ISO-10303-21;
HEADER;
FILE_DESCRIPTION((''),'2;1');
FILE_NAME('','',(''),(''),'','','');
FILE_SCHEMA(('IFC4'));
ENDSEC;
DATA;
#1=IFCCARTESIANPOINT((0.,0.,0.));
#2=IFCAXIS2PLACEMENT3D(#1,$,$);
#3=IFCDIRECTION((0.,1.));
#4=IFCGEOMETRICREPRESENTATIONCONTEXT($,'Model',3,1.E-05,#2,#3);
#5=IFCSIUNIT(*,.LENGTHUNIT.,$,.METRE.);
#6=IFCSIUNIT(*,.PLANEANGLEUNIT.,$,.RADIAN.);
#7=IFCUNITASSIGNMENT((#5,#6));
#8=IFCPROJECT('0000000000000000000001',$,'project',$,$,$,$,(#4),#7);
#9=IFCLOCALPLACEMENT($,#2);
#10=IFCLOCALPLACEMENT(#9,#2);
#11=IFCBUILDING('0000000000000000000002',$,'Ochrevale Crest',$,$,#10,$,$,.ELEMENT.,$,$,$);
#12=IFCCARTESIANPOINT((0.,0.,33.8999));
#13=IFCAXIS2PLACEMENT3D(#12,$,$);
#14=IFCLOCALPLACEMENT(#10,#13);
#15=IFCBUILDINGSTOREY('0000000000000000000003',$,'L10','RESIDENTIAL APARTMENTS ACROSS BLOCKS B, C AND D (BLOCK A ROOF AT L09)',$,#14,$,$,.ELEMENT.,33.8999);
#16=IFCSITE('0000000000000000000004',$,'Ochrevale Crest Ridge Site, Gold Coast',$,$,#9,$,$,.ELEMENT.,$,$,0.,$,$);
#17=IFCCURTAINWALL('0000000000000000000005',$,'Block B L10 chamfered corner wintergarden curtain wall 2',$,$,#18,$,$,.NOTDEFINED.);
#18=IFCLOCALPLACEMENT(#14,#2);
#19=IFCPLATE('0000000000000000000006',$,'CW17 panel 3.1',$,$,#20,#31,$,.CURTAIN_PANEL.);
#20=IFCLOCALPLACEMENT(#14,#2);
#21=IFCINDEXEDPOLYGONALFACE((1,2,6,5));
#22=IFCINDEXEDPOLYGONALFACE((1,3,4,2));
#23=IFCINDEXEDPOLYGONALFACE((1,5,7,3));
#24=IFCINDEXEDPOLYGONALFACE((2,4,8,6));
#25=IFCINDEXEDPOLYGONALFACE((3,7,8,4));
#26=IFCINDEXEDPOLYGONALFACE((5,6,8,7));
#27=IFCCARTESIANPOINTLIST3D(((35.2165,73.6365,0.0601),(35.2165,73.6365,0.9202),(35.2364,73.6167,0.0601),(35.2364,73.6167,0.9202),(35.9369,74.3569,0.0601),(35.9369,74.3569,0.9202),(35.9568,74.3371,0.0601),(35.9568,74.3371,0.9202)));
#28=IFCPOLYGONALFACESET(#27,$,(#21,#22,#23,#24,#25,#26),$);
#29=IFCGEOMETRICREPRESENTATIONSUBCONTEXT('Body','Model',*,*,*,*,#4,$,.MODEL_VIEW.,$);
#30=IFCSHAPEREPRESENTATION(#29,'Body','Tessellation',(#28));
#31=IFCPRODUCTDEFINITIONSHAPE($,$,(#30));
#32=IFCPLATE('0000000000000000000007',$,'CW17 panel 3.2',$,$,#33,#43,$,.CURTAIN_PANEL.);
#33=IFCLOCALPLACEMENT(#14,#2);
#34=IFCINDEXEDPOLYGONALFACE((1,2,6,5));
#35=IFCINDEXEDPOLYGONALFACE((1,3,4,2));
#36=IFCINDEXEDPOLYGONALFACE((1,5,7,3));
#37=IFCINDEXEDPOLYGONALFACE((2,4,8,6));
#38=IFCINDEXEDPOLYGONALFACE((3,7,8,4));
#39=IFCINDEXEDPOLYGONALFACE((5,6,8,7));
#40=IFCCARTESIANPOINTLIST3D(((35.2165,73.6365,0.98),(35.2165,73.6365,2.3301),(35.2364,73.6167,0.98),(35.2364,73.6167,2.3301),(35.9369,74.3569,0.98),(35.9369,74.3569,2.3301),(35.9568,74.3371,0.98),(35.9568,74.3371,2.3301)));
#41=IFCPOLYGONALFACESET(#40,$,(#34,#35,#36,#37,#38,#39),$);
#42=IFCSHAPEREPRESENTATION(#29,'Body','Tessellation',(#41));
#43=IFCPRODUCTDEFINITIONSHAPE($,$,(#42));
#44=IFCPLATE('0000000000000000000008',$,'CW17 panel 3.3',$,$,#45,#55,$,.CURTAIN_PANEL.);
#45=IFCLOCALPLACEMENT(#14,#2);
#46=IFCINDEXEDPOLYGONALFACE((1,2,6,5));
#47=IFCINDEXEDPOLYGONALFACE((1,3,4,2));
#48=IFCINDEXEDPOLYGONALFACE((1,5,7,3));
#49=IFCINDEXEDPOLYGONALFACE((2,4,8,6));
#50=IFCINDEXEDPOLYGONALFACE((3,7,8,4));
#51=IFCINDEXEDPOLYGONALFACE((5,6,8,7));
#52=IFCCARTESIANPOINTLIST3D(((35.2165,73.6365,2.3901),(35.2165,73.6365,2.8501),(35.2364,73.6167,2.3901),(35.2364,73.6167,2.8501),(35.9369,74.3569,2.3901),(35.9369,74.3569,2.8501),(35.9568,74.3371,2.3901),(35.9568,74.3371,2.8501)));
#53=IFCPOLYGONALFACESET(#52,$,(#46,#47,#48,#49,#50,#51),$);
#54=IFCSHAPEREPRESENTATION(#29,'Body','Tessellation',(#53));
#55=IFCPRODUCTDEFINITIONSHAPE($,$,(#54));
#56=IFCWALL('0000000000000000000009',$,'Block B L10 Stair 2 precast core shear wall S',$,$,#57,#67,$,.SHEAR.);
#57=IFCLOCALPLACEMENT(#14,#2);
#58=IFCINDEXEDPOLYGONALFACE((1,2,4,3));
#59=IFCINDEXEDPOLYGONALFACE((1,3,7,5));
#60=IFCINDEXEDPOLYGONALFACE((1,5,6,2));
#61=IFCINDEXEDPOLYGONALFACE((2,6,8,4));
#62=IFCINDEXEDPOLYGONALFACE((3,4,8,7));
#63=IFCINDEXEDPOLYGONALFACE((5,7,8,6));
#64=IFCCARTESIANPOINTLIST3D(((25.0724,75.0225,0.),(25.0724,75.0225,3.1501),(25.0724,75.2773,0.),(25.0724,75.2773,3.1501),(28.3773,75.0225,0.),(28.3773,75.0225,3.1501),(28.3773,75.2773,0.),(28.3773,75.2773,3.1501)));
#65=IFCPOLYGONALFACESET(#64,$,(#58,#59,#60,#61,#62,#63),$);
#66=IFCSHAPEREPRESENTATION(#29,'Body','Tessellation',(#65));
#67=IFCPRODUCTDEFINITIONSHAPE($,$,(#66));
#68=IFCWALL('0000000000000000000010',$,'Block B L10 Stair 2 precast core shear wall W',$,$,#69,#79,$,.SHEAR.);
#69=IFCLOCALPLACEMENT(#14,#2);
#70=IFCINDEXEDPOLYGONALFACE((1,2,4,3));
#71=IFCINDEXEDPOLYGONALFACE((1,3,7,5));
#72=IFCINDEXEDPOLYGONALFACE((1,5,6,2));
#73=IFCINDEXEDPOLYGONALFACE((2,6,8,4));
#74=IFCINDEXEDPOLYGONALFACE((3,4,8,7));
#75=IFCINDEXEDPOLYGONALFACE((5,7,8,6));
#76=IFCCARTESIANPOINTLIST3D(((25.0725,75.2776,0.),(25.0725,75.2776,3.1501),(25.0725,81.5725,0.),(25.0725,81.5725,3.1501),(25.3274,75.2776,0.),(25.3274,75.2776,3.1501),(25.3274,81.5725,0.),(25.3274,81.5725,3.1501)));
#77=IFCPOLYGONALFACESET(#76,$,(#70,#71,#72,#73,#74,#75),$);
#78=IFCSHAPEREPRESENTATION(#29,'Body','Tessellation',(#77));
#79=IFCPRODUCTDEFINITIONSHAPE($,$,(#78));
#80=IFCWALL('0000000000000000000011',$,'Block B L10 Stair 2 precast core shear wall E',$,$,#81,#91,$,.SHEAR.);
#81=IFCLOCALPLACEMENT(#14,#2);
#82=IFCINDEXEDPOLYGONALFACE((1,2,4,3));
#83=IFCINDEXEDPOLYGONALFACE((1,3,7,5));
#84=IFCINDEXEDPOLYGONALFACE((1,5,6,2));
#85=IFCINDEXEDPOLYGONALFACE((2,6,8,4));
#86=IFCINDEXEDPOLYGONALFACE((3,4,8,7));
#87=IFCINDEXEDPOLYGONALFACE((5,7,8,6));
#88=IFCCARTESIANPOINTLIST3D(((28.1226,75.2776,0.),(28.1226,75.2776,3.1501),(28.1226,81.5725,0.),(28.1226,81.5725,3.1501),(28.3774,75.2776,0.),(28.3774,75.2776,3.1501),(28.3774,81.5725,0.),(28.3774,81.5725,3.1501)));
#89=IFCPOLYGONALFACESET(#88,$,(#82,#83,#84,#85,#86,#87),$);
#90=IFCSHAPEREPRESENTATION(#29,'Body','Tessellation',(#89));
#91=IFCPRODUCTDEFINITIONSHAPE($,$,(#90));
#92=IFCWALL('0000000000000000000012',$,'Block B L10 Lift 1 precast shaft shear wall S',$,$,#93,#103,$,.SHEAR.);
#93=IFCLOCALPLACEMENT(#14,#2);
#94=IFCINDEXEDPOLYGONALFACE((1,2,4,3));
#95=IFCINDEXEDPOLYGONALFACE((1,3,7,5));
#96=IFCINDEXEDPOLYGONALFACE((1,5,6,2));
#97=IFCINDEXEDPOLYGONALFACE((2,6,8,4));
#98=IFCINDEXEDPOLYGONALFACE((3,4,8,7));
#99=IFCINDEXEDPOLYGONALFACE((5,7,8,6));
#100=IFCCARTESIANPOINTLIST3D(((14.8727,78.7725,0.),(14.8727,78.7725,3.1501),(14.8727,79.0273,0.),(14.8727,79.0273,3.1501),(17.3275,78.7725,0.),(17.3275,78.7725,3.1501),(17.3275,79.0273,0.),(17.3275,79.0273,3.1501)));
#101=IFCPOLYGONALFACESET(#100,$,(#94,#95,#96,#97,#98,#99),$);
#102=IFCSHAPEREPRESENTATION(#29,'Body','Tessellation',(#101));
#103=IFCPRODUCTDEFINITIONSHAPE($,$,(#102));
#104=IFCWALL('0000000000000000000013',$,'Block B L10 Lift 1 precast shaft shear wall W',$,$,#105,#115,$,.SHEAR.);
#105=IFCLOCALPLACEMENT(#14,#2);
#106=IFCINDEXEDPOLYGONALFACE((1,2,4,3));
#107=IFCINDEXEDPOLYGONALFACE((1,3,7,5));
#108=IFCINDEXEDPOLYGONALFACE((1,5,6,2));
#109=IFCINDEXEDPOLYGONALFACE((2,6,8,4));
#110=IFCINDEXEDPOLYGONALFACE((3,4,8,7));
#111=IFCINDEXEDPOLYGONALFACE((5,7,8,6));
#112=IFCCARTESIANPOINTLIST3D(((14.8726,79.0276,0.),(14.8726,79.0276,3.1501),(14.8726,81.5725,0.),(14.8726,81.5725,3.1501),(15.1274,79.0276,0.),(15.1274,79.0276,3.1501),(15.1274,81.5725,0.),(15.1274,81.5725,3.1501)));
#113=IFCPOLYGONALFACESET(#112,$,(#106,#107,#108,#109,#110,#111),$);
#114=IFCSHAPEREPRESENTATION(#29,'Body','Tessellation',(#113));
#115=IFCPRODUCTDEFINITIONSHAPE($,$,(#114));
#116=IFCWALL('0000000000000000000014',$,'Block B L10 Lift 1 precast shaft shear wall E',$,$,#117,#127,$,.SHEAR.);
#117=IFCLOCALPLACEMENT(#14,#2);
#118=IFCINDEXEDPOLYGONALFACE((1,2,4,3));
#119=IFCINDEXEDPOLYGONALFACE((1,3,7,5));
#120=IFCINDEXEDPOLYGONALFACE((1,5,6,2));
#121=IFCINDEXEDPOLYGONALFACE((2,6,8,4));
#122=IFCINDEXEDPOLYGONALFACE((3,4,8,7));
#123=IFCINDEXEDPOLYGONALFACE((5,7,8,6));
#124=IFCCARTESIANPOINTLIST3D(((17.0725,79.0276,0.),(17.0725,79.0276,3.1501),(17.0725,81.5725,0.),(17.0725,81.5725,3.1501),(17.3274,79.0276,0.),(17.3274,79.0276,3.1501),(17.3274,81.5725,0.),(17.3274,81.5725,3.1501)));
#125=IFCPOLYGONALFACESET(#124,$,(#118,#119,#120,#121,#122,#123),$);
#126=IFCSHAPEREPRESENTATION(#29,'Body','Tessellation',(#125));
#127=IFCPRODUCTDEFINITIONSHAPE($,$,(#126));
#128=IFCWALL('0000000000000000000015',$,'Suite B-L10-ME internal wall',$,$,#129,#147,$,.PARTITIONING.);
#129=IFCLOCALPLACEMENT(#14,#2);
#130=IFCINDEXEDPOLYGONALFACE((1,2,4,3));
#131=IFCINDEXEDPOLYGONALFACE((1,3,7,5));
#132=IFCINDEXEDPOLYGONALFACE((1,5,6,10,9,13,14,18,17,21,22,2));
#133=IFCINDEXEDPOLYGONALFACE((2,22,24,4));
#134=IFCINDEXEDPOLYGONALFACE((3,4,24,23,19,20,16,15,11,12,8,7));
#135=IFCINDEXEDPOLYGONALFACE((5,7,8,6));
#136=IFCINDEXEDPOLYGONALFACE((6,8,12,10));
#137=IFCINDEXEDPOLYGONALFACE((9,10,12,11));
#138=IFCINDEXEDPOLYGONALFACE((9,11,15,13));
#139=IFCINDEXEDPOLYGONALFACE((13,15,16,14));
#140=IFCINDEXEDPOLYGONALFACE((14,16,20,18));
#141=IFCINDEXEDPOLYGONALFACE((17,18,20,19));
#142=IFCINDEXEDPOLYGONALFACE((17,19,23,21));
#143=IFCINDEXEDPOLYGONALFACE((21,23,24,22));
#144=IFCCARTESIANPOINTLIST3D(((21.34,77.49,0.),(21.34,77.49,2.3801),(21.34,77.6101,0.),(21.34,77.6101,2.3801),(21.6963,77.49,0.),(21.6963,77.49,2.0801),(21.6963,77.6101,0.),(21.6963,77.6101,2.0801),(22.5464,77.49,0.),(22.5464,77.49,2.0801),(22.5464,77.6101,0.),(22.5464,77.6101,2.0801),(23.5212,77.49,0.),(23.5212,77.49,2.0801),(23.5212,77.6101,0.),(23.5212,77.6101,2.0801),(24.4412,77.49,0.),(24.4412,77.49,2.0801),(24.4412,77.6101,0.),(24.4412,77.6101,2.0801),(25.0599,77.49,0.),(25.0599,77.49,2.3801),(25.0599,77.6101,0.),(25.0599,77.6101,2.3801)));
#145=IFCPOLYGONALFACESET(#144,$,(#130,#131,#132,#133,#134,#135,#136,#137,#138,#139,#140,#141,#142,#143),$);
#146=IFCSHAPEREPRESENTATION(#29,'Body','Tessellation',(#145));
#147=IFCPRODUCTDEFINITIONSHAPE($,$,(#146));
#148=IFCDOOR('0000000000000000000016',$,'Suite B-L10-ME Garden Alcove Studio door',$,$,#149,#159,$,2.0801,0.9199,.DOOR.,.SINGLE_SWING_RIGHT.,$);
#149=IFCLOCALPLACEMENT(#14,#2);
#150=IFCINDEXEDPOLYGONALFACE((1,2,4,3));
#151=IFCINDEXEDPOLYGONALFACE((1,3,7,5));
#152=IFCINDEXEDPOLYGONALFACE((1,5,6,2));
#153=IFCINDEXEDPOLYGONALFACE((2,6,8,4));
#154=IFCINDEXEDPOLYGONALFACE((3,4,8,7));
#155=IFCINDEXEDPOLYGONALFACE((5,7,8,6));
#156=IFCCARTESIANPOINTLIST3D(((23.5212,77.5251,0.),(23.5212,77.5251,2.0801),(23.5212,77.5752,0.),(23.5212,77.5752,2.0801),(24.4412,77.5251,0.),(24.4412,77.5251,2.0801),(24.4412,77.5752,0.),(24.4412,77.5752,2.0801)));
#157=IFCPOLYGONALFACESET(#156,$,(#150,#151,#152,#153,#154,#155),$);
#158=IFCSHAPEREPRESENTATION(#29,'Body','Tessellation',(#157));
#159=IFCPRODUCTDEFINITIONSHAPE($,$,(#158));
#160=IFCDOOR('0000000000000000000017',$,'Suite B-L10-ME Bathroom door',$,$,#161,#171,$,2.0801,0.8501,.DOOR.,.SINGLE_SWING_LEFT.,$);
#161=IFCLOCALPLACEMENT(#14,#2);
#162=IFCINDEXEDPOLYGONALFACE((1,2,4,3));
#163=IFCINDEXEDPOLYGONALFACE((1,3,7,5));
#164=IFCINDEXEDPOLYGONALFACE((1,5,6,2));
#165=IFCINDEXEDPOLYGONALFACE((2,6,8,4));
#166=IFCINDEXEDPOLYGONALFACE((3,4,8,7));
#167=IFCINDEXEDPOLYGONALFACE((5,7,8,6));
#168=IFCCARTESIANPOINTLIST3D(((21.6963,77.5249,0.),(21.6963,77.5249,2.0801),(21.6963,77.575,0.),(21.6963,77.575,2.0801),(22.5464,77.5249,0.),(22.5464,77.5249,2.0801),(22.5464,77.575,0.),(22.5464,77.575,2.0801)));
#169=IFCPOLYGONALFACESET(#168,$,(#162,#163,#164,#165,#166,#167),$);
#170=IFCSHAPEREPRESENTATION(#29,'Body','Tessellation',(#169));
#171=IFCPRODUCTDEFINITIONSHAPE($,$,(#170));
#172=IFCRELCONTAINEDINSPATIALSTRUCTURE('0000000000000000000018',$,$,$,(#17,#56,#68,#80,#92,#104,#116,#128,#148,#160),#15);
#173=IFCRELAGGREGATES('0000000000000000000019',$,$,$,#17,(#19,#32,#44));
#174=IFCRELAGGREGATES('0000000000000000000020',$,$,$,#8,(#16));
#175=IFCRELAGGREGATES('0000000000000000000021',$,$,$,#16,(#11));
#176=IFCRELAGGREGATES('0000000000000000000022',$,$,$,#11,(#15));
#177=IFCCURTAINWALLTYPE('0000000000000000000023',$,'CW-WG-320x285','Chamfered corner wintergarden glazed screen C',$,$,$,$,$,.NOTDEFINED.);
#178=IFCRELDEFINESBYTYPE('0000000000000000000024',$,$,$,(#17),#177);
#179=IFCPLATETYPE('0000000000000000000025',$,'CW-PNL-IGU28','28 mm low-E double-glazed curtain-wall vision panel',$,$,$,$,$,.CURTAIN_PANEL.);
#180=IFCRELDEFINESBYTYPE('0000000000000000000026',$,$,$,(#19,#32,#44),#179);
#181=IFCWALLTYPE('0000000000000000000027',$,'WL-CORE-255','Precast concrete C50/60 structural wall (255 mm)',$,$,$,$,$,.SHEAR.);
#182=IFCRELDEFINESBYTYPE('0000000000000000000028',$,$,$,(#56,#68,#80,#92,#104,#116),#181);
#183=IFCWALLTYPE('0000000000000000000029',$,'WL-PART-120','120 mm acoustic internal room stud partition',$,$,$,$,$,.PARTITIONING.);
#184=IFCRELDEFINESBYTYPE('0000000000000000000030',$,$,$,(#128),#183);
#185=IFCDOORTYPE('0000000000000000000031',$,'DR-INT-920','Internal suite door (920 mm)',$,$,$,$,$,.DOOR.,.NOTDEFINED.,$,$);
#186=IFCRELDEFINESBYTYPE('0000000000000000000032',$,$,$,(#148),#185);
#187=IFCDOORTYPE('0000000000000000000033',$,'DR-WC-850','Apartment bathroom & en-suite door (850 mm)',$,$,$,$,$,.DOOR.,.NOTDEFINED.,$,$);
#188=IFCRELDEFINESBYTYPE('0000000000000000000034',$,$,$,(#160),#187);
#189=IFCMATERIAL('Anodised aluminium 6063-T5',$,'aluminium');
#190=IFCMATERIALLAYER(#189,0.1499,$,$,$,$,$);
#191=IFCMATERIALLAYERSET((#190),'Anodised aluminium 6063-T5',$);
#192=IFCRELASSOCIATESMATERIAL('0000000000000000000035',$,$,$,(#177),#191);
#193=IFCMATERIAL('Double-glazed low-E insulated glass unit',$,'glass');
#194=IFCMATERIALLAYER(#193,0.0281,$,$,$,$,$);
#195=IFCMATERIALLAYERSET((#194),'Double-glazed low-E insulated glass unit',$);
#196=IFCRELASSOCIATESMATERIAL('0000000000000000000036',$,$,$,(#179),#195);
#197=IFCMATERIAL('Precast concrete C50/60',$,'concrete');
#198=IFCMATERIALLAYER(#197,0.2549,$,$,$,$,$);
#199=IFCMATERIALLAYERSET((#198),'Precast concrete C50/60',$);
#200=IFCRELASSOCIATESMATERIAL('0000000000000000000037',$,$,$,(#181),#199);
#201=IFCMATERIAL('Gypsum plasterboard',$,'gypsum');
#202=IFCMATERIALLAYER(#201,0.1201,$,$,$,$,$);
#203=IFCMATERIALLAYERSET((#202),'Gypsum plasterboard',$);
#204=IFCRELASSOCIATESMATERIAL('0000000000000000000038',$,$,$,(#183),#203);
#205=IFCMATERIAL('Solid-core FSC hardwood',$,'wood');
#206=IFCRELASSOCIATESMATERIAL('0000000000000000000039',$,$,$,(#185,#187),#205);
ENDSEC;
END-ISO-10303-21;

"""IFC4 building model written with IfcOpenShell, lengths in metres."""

from ifc_helpers import new_model, si_unit, direction, frame, frame_2d, origin, origin_2d, place, context, subcontext, project, spatial, rectangle, extrude, material, layer, layer_set, type_object, element, fill, aggregate, save


model = new_model("IFC4")

# Units and contexts
model_context = context("Model", 3, precision=1e-05, world=origin(), true_north=direction((0.0, 1.0)))
body_context = subcontext(model_context, "Body", "Model", "MODEL_VIEW")
ifc_project = project(units=[si_unit("LENGTHUNIT", "METRE"), si_unit("PLANEANGLEUNIT", "RADIAN")], contexts=[model_context])

# Site, building, storey
site_placement = place(None, origin())
site = spatial("IfcSite", under=ifc_project, at=site_placement, Name="Ochrevale Crest Ridge Site, Gold Coast", CompositionType="ELEMENT", RefElevation=0.0)
building_placement = place(site_placement, origin())
building = spatial("IfcBuilding", under=site, at=building_placement, Name="Ochrevale Crest", CompositionType="ELEMENT")
storey_placement = place(building_placement, frame((0.0, 0.0, 33.8999)))
storey = spatial("IfcBuildingStorey", under=building, at=storey_placement, Name="L10", Description="RESIDENTIAL APARTMENTS ACROSS BLOCKS B, C AND D (BLOCK A ROOF AT L09)", CompositionType="ELEMENT", Elevation=33.8999)

# Shared definitions
ifc_material_1 = material(Name="Precast concrete C50/60", Category="concrete")

# Curtain wall, plates
ifc_material_2 = material(Name="Anodised aluminium 6063-T5", Category="aluminium")
ifc_layer_1 = layer(ifc_material_2, 0.1499)
ifc_layer_set_1 = layer_set([ifc_layer_1], Name="Anodised aluminium 6063-T5")
curtain_wall_type = type_object("IfcCurtainWallType", Name="CW-WG-320x285", Description="Chamfered corner wintergarden glazed screen C", PredefinedType="NOTDEFINED", material=ifc_layer_set_1)
curtain_wall_placement = place(storey_placement, origin())
curtain_wall = element("IfcCurtainWall", 1, at=curtain_wall_placement, inside=storey, type_object=curtain_wall_type, Name="Block B L10 chamfered corner wintergarden curtain wall 2", PredefinedType="NOTDEFINED")
ifc_material_3 = material(Name="Double-glazed low-E insulated glass unit", Category="glass")
ifc_layer_2 = layer(ifc_material_3, 0.0281)
ifc_layer_set_2 = layer_set([ifc_layer_2], Name="Double-glazed low-E insulated glass unit")
plate_type = type_object("IfcPlateType", Name="CW-PNL-IGU28", Description="28 mm low-E double-glazed curtain-wall vision panel", PredefinedType="CURTAIN_PANEL", material=ifc_layer_set_2)
plate_1_placement = place(storey_placement, frame((35.5867, 73.9868, 0.0601), z_axis=(0.0, 0.0, 1.0), x_axis=(0.707107, 0.707107, 0.0)))
plate_1 = element("IfcPlate", 2, at=plate_1_placement, type_object=plate_type, Name="CW17 panel 3.1", PredefinedType="CURTAIN_PANEL", context=body_context, shape_type="SweptSolid", body=[
    extrude(rectangle(XDim=1.0188, YDim=0.0281, at=origin_2d()), origin(), (0.0, 0.0, 1.0), 0.8601),
])
plate_2_placement = place(storey_placement, frame((35.5867, 73.9868, 0.98), z_axis=(0.0, 0.0, 1.0), x_axis=(0.707107, 0.707107, 0.0)))
plate_2 = element("IfcPlate", 3, at=plate_2_placement, type_object=plate_type, Name="CW17 panel 3.2", PredefinedType="CURTAIN_PANEL", context=body_context, shape_type="SweptSolid", body=[
    extrude(rectangle(XDim=1.0188, YDim=0.0281, at=origin_2d()), origin(), (0.0, 0.0, 1.0), 1.3501),
])
plate_3_placement = place(storey_placement, frame((35.5867, 73.9868, 2.3901), z_axis=(0.0, 0.0, 1.0), x_axis=(0.707107, 0.707107, 0.0)))
plate_3 = element("IfcPlate", 4, at=plate_3_placement, type_object=plate_type, Name="CW17 panel 3.3", PredefinedType="CURTAIN_PANEL", context=body_context, shape_type="SweptSolid", body=[
    extrude(rectangle(XDim=1.0188, YDim=0.0281, at=origin_2d()), origin(), (0.0, 0.0, 1.0), 0.46),
])
aggregate(curtain_wall, [plate_1, plate_2, plate_3])

# Walls
ifc_layer_3 = layer(ifc_material_1, 0.2549)
ifc_layer_set_3 = layer_set([ifc_layer_3], Name="Precast concrete C50/60")
wall_type_1 = type_object("IfcWallType", Name="WL-CORE-255", Description="Precast concrete C50/60 structural wall (255 mm)", PredefinedType="SHEAR", material=ifc_layer_set_3)
wall_1_placement = place(storey_placement, frame((25.0725, 75.1499, 0.0), z_axis=(0.0, 0.0, 1.0), x_axis=(1.0, 0.0, 0.0)))
element("IfcWall", 5, at=wall_1_placement, inside=storey, type_object=wall_type_1, Name="Block B L10 Stair 2 precast core shear wall S", PredefinedType="SHEAR", context=body_context, shape_type="SweptSolid", body=[
    extrude(rectangle(XDim=3.3049, YDim=0.2549, at=frame_2d((1.6523, 0.0))), origin(), (0.0, 0.0, 1.0), 3.1501),
])
for number, where, z_axis, x_axis, name in (
    (6, (25.2, 75.2776, 0.0), (0.0, 0.0, 1.0), (0.0, 1.0, 0.0), "Block B L10 Stair 2 precast core shear wall W"),
    (7, (28.25, 75.2776, 0.0), (0.0, 0.0, 1.0), (0.0, 1.0, 0.0), "Block B L10 Stair 2 precast core shear wall E"),
):
    element("IfcWall", number, at=place(storey_placement, frame(where, z_axis=z_axis, x_axis=x_axis)), inside=storey, type_object=wall_type_1, Name=name, PredefinedType="SHEAR", context=body_context, shape_type="SweptSolid", body=[
        extrude(rectangle(XDim=6.2949, YDim=0.2549, at=frame_2d((3.1475, 0.0))), origin(), (0.0, 0.0, 1.0), 3.1501),
    ])
wall_2_placement = place(storey_placement, frame((14.8726, 78.8999, 0.0), z_axis=(0.0, 0.0, 1.0), x_axis=(1.0, 0.0, 0.0)))
element("IfcWall", 8, at=wall_2_placement, inside=storey, type_object=wall_type_1, Name="Block B L10 Lift 1 precast shaft shear wall S", PredefinedType="SHEAR", context=body_context, shape_type="SweptSolid", body=[
    extrude(rectangle(XDim=2.4548, YDim=0.2549, at=frame_2d((1.2275, 0.0))), origin(), (0.0, 0.0, 1.0), 3.1501),
])
for number, where, z_axis, x_axis, name in (
    (9, (15.0, 79.0276, 0.0), (0.0, 0.0, 1.0), (0.0, 1.0, 0.0), "Block B L10 Lift 1 precast shaft shear wall W"),
    (10, (17.2, 79.0276, 0.0), (0.0, 0.0, 1.0), (0.0, 1.0, 0.0), "Block B L10 Lift 1 precast shaft shear wall E"),
):
    element("IfcWall", number, at=place(storey_placement, frame(where, z_axis=z_axis, x_axis=x_axis)), inside=storey, type_object=wall_type_1, Name=name, PredefinedType="SHEAR", context=body_context, shape_type="SweptSolid", body=[
        extrude(rectangle(XDim=2.5449, YDim=0.2549, at=frame_2d((1.2725, 0.0))), origin(), (0.0, 0.0, 1.0), 3.1501),
    ])

# Wall, openings, doors
ifc_material_4 = material(Name="Gypsum plasterboard", Category="gypsum")
ifc_layer_4 = layer(ifc_material_4, 0.1201)
ifc_layer_set_4 = layer_set([ifc_layer_4], Name="Gypsum plasterboard")
wall_type_2 = type_object("IfcWallType", Name="WL-PART-120", Description="120 mm acoustic internal room stud partition", PredefinedType="PARTITIONING", material=ifc_layer_set_4)
wall_3_placement = place(storey_placement, frame((21.3401, 77.55, 0.0), z_axis=(0.0, 0.0, 1.0), x_axis=(1.0, 0.0, 0.0)))
wall_3 = element("IfcWall", 11, at=wall_3_placement, inside=storey, type_object=wall_type_2, Name="Suite B-L10-ME internal wall", PredefinedType="PARTITIONING", context=body_context, shape_type="SweptSolid", body=[
    extrude(rectangle(XDim=3.72, YDim=0.1201, at=frame_2d((1.8599, 0.0))), origin(), (0.0, 0.0, 1.0), 2.3801),
])
opening_1_placement = place(wall_3_placement, frame((0.3562, 0.0, 0.0)))
opening_1 = element("IfcOpeningElement", 12, at=opening_1_placement, cuts=wall_3, PredefinedType="OPENING", context=body_context, shape_type="SweptSolid", body=[
    extrude(rectangle(XDim=0.8501, YDim=2.0801, at=frame_2d((0.425, 1.04))), frame((0.0, 0.0701, 0.0), z_axis=(0.0, -1.0, 0.0), x_axis=(1.0, 0.0, 0.0)), (0.0, 0.0, 1.0), 0.1401),
])
opening_2_placement = place(wall_3_placement, frame((3.1011, 0.0, 0.0), z_axis=(0.0, 0.0, 1.0), x_axis=(-1.0, 0.0, 0.0)))
opening_2 = element("IfcOpeningElement", 13, at=opening_2_placement, cuts=wall_3, PredefinedType="OPENING", context=body_context, shape_type="SweptSolid", body=[
    extrude(rectangle(XDim=0.9199, YDim=2.0801, at=frame_2d((0.46, 1.04))), frame((0.0, 0.0701, 0.0), z_axis=(0.0, -1.0, 0.0), x_axis=(1.0, 0.0, 0.0)), (0.0, 0.0, 1.0), 0.1401),
])
ifc_material_5 = material(Name="Solid-core FSC hardwood", Category="wood")
door_type_1 = type_object("IfcDoorType", Name="DR-INT-920", Description="Internal suite door (920 mm)", OperationType="NOTDEFINED", PredefinedType="DOOR", material=ifc_material_5)
door_1_placement = place(opening_2_placement, origin())
door_1 = element("IfcDoor", 14, at=door_1_placement, inside=storey, type_object=door_type_1, Name="Suite B-L10-ME Garden Alcove Studio door", OperationType="SINGLE_SWING_RIGHT", OverallHeight=2.0801, OverallWidth=0.9199, PredefinedType="DOOR", context=body_context, shape_type="SweptSolid", body=[
    extrude(rectangle(XDim=0.9199, YDim=2.0801, at=frame_2d((0.46, 1.04))), frame((0.0, 0.0249, 0.0), z_axis=(0.0, -1.0, 0.0), x_axis=(1.0, 0.0, 0.0)), (0.0, 0.0, 1.0), 0.05),
])
fill(opening_2, door_1)
door_type_2 = type_object("IfcDoorType", Name="DR-WC-850", Description="Apartment bathroom & en-suite door (850 mm)", OperationType="NOTDEFINED", PredefinedType="DOOR", material=ifc_material_5)
door_2_placement = place(opening_1_placement, origin())
door_2 = element("IfcDoor", 15, at=door_2_placement, inside=storey, type_object=door_type_2, Name="Suite B-L10-ME Bathroom door", OperationType="SINGLE_SWING_LEFT", OverallHeight=2.0801, OverallWidth=0.8501, PredefinedType="DOOR", context=body_context, shape_type="SweptSolid", body=[
    extrude(rectangle(XDim=0.8501, YDim=2.0801, at=frame_2d((0.425, 1.04))), frame((0.0, 0.0249, 0.0), z_axis=(0.0, -1.0, 0.0), x_axis=(1.0, 0.0, 0.0)), (0.0, 0.0, 1.0), 0.05),
])
fill(opening_1, door_2)

save(model, "model.ifc")
